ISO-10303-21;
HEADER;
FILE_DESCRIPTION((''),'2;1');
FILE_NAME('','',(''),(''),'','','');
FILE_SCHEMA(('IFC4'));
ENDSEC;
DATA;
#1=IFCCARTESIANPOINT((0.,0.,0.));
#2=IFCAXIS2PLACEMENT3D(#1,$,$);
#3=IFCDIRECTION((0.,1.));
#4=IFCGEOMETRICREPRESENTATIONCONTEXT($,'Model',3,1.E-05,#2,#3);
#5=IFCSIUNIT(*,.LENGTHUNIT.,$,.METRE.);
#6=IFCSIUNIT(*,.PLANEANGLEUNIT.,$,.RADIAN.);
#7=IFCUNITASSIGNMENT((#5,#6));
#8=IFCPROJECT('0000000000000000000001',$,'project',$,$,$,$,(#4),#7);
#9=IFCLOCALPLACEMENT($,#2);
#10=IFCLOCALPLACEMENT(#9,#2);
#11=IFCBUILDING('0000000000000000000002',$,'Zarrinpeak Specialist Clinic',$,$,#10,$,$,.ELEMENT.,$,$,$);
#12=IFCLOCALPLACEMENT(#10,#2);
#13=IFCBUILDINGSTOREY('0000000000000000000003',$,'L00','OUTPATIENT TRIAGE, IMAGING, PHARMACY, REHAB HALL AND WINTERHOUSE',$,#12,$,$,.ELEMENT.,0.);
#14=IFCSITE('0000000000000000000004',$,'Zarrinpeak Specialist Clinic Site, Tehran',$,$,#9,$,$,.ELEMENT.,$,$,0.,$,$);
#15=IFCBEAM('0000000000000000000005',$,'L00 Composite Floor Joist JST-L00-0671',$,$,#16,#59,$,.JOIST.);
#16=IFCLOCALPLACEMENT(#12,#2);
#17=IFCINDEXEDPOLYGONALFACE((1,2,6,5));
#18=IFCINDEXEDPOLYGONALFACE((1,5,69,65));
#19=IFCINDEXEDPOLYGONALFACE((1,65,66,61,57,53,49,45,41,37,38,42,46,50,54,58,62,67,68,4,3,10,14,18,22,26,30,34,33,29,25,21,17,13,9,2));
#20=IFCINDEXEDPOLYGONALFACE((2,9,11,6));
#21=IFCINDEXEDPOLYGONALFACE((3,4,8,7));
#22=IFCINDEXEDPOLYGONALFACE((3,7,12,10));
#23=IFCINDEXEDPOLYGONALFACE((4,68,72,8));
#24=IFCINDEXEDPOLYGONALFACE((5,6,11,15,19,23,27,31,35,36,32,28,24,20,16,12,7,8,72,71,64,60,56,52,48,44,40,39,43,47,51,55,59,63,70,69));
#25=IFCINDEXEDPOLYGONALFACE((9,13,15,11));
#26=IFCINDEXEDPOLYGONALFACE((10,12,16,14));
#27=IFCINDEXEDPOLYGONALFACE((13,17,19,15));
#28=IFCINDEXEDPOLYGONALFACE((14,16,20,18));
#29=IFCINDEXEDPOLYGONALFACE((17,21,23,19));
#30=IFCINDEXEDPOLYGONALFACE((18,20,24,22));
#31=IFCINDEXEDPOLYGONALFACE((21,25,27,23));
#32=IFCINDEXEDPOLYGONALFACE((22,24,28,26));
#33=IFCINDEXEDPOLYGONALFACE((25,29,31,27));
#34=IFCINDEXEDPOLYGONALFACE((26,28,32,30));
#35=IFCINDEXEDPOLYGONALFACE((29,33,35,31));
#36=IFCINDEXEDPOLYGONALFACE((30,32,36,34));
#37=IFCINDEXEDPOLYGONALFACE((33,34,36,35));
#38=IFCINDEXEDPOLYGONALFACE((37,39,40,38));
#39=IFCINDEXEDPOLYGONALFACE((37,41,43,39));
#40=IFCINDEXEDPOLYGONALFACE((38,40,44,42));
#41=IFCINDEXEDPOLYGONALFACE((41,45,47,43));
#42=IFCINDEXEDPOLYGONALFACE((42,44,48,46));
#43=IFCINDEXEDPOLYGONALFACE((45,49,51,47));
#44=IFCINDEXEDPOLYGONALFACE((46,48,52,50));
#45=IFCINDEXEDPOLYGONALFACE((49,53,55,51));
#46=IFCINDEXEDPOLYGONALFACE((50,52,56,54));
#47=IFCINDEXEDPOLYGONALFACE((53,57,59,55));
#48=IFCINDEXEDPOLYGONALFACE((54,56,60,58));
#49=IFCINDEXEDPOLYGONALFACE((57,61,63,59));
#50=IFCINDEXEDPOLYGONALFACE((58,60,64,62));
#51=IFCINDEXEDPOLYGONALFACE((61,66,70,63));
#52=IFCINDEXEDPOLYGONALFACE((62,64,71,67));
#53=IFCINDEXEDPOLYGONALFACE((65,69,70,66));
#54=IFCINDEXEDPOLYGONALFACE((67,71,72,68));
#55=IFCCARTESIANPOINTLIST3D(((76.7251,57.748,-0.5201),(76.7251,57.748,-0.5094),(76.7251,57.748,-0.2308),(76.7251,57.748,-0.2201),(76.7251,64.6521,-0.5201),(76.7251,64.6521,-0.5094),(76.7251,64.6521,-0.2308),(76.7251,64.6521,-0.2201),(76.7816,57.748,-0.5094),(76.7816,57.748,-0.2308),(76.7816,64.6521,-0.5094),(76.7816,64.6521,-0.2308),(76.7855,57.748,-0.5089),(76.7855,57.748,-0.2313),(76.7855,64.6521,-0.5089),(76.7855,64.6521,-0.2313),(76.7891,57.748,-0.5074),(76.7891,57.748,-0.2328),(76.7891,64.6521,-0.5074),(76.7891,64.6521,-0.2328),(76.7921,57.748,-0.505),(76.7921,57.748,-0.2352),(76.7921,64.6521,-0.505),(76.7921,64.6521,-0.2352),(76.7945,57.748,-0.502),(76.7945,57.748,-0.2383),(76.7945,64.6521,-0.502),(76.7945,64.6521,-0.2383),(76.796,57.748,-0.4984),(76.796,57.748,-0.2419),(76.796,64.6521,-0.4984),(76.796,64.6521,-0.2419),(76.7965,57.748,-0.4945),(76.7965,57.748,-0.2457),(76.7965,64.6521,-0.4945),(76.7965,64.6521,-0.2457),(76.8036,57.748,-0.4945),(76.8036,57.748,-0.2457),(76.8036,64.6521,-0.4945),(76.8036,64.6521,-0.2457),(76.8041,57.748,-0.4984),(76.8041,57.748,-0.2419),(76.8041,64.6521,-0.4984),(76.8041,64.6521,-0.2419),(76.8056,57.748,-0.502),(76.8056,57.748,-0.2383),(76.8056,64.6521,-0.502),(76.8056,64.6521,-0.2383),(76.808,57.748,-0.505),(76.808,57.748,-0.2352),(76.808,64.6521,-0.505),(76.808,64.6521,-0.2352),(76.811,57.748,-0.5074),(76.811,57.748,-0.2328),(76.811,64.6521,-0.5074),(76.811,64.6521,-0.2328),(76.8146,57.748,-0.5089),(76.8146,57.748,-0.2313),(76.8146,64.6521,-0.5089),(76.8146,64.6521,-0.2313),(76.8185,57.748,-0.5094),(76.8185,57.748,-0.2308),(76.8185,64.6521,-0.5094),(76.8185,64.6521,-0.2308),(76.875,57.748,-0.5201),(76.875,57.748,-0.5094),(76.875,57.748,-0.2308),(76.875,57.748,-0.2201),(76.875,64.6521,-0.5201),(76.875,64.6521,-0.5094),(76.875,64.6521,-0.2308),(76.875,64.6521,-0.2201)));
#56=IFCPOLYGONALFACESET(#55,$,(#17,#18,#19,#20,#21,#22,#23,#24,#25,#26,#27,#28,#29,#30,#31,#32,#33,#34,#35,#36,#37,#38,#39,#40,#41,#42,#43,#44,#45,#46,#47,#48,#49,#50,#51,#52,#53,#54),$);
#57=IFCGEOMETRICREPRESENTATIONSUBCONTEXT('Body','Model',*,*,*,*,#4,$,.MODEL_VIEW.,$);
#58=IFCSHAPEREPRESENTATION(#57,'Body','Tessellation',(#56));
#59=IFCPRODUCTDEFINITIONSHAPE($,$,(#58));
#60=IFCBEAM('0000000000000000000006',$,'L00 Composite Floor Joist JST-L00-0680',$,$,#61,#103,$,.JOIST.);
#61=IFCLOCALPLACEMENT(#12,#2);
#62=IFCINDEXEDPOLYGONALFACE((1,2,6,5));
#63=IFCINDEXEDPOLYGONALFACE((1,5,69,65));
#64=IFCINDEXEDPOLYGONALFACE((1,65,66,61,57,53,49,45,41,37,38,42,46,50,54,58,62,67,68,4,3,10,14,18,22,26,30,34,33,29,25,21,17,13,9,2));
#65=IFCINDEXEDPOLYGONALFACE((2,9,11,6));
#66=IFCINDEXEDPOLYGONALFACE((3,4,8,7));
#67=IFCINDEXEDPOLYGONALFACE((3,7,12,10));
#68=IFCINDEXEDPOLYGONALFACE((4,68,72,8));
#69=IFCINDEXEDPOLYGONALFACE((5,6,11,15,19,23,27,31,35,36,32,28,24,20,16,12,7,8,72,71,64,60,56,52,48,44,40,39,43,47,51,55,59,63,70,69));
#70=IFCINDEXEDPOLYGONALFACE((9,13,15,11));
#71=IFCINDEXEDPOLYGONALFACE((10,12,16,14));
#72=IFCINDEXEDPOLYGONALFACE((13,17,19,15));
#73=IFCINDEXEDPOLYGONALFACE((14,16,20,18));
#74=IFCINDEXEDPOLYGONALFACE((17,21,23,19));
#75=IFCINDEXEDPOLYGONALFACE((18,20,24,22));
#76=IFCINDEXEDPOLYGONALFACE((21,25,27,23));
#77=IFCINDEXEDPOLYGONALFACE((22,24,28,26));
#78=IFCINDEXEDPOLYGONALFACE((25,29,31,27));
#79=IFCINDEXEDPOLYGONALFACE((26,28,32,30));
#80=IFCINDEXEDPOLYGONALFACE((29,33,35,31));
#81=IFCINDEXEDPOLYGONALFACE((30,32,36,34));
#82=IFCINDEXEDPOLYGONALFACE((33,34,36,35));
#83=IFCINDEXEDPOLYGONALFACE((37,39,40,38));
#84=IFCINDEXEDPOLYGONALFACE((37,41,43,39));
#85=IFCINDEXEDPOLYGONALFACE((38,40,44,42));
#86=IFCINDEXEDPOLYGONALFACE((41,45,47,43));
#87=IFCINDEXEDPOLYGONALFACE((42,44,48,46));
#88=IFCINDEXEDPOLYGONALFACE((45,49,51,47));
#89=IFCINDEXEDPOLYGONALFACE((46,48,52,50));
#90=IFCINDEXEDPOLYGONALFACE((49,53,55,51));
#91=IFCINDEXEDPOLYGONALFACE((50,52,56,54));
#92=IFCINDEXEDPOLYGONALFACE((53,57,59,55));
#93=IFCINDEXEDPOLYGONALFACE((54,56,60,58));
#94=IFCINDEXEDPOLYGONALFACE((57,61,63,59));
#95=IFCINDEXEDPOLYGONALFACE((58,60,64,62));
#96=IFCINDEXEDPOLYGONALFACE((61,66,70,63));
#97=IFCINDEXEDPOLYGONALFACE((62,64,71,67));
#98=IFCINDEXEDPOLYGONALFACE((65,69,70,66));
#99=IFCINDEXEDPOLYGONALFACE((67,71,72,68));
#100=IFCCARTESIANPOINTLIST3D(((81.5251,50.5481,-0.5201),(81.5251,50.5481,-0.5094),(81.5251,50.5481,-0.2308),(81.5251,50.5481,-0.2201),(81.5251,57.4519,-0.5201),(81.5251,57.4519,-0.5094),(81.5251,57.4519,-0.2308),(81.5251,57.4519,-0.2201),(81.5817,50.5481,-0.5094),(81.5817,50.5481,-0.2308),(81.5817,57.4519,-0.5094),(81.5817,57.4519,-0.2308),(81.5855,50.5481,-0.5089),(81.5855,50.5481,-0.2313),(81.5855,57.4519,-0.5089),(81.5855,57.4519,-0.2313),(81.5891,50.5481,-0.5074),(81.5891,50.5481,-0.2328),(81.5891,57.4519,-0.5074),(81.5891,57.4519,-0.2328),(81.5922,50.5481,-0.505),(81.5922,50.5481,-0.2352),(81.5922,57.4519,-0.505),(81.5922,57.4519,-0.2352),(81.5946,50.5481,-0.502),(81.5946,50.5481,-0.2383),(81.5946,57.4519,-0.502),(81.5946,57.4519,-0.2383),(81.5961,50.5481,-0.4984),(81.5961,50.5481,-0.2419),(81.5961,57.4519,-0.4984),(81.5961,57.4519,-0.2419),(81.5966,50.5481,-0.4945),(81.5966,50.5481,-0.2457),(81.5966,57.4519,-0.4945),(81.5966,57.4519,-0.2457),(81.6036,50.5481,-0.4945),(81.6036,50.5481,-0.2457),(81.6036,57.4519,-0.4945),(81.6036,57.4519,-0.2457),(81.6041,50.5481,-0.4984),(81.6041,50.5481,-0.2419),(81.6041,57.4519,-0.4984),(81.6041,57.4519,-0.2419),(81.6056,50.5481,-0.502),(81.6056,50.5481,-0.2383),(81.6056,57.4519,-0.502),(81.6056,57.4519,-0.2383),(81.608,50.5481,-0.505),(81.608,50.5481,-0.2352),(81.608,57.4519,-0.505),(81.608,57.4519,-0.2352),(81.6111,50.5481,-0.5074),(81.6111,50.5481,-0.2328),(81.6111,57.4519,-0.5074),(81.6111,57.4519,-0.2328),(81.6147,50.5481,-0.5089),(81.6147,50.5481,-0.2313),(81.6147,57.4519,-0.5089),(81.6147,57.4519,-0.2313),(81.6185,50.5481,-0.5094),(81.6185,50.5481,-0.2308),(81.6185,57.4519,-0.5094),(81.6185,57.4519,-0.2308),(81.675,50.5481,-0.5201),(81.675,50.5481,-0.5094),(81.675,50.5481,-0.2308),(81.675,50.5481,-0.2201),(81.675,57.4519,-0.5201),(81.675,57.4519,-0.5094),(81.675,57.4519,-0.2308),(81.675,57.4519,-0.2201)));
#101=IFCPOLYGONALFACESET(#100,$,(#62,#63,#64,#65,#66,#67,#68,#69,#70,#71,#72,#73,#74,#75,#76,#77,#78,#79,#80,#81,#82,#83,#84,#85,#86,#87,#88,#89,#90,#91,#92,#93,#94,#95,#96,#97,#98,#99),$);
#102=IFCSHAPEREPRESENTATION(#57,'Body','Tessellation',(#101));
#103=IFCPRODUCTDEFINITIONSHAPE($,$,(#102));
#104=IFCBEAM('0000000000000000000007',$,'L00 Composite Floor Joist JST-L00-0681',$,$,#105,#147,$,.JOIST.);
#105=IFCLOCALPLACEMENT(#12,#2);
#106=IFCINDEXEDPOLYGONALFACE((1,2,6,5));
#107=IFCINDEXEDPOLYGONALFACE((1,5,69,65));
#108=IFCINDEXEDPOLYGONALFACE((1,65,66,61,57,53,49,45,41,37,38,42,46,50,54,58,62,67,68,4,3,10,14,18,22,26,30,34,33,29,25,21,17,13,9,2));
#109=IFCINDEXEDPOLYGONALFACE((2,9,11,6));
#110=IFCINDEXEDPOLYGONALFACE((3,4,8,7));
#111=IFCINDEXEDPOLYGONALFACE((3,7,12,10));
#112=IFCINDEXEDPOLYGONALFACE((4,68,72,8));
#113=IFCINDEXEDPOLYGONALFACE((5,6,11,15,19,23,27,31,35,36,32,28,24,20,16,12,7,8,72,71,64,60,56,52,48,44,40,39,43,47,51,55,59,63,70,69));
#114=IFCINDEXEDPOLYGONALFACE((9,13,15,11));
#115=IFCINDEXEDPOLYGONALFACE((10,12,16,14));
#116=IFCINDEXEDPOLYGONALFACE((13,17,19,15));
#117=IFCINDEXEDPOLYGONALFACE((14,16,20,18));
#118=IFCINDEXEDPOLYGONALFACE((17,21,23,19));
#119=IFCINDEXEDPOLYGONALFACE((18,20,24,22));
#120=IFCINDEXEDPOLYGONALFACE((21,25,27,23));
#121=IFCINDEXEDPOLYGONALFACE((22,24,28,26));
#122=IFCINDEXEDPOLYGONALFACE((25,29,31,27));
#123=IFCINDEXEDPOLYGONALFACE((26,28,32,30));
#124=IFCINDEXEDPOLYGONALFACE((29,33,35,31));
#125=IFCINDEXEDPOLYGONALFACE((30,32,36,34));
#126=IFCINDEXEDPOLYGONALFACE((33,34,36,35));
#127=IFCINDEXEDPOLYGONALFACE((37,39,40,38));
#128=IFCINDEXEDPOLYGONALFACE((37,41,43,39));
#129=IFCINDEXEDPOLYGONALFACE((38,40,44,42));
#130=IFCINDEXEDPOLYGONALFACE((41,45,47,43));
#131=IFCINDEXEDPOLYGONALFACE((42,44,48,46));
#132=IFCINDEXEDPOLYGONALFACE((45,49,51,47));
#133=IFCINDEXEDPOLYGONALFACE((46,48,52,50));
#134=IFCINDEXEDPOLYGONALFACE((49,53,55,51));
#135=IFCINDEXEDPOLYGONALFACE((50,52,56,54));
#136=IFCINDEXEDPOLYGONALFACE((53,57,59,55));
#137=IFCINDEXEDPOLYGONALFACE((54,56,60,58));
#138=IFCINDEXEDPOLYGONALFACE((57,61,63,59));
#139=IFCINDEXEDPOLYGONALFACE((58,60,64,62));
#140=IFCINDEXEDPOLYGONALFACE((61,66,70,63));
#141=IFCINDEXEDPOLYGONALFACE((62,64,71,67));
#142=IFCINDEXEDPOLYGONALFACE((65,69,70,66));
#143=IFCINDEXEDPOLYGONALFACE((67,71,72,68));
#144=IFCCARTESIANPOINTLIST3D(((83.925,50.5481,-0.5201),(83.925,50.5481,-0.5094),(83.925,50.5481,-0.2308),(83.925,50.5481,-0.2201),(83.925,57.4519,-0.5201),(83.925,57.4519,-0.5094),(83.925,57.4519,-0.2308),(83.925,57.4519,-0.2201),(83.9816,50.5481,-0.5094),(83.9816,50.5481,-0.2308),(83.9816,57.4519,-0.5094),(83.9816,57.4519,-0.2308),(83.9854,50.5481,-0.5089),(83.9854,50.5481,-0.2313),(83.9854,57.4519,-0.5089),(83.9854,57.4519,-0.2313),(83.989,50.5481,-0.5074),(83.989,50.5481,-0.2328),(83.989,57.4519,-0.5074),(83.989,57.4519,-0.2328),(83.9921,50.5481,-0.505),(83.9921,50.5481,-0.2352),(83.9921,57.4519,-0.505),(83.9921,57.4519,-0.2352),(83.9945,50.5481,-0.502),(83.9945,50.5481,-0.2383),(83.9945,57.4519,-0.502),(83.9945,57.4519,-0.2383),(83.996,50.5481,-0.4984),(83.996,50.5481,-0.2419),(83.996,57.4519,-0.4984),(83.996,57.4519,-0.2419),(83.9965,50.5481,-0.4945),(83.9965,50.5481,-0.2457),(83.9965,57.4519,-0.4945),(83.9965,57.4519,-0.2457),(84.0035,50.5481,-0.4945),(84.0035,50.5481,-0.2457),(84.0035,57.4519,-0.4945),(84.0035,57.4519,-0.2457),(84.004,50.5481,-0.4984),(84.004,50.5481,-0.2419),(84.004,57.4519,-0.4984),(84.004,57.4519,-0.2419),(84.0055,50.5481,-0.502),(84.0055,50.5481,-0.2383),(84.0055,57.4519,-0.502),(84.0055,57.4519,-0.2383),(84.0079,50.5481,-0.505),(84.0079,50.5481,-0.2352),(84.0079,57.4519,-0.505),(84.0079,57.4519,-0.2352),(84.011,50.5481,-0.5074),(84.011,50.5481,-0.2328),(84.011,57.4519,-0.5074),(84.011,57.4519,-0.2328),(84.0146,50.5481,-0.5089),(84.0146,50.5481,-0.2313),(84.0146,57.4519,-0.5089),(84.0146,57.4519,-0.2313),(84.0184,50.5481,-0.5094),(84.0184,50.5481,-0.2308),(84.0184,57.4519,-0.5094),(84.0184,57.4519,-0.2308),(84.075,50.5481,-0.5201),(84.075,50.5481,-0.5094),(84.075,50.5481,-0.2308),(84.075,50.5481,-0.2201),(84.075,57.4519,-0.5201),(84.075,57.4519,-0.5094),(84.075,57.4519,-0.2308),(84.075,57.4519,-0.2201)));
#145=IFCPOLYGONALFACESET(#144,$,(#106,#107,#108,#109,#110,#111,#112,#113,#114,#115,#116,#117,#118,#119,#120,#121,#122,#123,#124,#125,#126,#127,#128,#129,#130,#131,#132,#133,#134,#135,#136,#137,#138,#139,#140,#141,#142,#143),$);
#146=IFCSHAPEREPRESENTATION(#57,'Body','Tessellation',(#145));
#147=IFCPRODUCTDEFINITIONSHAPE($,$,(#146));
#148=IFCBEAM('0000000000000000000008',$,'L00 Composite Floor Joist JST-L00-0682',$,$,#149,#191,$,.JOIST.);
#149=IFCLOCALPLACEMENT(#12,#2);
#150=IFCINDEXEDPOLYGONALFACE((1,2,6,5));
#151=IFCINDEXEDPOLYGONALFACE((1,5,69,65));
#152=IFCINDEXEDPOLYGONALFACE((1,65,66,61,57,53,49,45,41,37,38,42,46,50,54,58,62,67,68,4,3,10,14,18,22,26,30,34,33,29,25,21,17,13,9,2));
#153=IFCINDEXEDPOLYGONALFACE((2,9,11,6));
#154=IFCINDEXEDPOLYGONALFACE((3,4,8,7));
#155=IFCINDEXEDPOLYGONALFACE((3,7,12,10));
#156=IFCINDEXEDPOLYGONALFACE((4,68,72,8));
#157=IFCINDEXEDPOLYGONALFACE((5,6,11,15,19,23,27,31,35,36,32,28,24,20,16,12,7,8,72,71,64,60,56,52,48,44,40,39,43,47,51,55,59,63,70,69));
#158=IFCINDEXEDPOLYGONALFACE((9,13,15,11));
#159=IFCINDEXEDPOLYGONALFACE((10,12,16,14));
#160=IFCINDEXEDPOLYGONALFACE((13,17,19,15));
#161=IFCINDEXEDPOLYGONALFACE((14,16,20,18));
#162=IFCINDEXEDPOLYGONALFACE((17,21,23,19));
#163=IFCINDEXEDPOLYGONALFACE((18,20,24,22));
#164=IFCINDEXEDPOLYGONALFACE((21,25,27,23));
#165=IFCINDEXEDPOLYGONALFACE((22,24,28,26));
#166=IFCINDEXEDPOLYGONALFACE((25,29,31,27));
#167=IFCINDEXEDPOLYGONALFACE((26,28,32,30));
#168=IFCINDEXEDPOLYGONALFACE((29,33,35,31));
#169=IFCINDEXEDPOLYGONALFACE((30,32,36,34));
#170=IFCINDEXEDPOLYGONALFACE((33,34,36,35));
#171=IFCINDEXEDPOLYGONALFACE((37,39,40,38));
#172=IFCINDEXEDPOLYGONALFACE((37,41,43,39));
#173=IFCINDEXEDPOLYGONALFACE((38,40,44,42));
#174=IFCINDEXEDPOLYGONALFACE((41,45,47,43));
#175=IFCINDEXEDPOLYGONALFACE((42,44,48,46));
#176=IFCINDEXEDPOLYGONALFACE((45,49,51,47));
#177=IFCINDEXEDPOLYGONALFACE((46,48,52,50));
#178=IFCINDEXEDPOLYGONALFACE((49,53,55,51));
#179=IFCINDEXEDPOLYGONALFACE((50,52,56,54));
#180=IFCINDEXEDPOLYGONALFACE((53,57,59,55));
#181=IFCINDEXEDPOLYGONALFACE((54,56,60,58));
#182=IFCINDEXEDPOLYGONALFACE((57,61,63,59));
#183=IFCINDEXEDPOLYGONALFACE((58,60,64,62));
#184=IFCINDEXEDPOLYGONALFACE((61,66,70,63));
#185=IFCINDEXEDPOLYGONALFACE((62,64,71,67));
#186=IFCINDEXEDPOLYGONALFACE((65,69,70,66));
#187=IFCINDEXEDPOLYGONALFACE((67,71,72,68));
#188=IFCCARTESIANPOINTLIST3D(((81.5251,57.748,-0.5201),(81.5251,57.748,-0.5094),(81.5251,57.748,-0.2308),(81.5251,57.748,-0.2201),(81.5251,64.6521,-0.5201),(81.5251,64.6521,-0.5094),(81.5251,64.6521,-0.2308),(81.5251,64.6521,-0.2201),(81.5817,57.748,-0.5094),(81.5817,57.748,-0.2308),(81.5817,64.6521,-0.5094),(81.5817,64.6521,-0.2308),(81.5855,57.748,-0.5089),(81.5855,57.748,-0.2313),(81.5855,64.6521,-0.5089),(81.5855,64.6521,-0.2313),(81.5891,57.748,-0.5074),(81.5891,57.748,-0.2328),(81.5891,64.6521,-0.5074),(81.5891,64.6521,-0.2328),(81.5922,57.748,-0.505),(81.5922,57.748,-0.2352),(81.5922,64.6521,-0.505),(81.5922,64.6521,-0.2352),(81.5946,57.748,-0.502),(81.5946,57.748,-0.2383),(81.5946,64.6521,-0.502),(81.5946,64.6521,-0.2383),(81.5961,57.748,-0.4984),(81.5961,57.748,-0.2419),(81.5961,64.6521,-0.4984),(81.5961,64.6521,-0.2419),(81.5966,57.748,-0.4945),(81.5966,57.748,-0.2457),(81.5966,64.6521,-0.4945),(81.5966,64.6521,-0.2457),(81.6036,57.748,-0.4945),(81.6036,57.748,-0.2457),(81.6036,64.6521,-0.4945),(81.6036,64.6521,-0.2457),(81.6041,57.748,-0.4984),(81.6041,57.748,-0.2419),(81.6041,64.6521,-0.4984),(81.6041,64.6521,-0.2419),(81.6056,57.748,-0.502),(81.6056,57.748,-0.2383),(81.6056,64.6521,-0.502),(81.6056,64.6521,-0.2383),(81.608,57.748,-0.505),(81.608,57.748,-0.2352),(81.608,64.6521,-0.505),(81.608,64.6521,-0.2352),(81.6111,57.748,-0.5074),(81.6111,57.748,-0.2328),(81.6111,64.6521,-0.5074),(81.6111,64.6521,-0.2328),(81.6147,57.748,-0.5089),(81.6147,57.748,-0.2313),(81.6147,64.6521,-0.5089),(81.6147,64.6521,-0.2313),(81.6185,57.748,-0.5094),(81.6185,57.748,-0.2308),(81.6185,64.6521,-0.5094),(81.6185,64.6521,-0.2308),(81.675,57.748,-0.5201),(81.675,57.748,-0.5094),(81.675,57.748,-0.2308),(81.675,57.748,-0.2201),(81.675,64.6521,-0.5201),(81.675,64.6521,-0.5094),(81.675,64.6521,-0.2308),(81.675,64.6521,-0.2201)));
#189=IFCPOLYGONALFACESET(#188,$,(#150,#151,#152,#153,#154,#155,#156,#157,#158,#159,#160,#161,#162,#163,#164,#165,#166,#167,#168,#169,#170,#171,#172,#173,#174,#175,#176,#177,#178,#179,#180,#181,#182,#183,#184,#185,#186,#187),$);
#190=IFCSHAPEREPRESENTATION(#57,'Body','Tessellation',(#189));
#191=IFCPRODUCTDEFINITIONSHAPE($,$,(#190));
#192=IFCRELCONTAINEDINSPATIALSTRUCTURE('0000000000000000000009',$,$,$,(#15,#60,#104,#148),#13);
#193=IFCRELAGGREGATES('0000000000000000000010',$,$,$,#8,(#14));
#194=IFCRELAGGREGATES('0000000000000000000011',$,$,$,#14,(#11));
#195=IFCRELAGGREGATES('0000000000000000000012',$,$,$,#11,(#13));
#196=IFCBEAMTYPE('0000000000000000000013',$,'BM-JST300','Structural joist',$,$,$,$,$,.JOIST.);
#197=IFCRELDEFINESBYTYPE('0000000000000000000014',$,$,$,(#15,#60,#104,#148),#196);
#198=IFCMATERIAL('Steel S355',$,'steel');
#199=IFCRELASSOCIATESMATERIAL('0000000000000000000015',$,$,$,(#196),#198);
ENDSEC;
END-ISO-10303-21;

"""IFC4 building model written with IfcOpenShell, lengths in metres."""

from ifc_helpers import new_model, si_unit, direction, frame, origin, origin_2d, place, context, subcontext, project, spatial, i_section, extrude, material, material_profile, profile_set, type_object, element, save


model = new_model("IFC4")

# Units and contexts
model_context = context("Model", 3, precision=1e-05, world=origin(), true_north=direction((0.0, 1.0)))
body_context = subcontext(model_context, "Body", "Model", "MODEL_VIEW")
ifc_project = project(units=[si_unit("LENGTHUNIT", "METRE"), si_unit("PLANEANGLEUNIT", "RADIAN")], contexts=[model_context])

# Site, building, storey
site_placement = place(None, origin())
site = spatial("IfcSite", under=ifc_project, at=site_placement, Name="Zarrinpeak Specialist Clinic Site, Tehran", CompositionType="ELEMENT", RefElevation=0.0)
building_placement = place(site_placement, origin())
building = spatial("IfcBuilding", under=site, at=building_placement, Name="Zarrinpeak Specialist Clinic", CompositionType="ELEMENT")
storey_placement = place(building_placement, origin())
storey = spatial("IfcBuildingStorey", under=building, at=storey_placement, Name="L00", Description="OUTPATIENT TRIAGE, IMAGING, PHARMACY, REHAB HALL AND WINTERHOUSE", CompositionType="ELEMENT", Elevation=0.0)

# Beams
ifc_material_1 = material(Name="Steel S355", Category="steel")
ifc_material_profile_1 = material_profile(ifc_material_1, i_section(OverallWidth=0.1499, OverallDepth=0.3, WebThickness=0.0071, FlangeThickness=0.0107, FilletRadius=0.0149, at=origin_2d()), Name="IPE 300")
ifc_profile_set_1 = profile_set([ifc_material_profile_1], Name="Steel S355")
beam_type_1 = type_object("IfcBeamType", Name="BM-JST300", Description="Structural joist", PredefinedType="JOIST", material=ifc_profile_set_1)
for number, where, z_axis, x_axis, name in (
    (1, (76.8, 57.748, -0.3701), (0.0, 1.0, 0.0), (-1.0, 0.0, 0.0), "L00 Composite Floor Joist JST-L00-0671"),
):
    element("IfcBeam", number, at=place(storey_placement, frame(where, z_axis=z_axis, x_axis=x_axis)), inside=storey, type_object=beam_type_1, Name=name, PredefinedType="JOIST", context=body_context, shape_type="SweptSolid", body=[
        extrude(i_section(OverallWidth=0.1499, OverallDepth=0.3, WebThickness=0.0071, FlangeThickness=0.0107, FilletRadius=0.0149, at=origin_2d()), origin(), (0.0, 0.0, 1.0), 6.9041),
    ])
for number, where, z_axis, x_axis, name in (
    (2, (81.6001, 50.5481, -0.3701), (0.0, 1.0, 0.0), (-1.0, 0.0, 0.0), "L00 Composite Floor Joist JST-L00-0680"),
    (3, (84.0, 50.5481, -0.3701), (0.0, 1.0, 0.0), (-1.0, 0.0, 0.0), "L00 Composite Floor Joist JST-L00-0681"),
):
    element("IfcBeam", number, at=place(storey_placement, frame(where, z_axis=z_axis, x_axis=x_axis)), inside=storey, type_object=beam_type_1, Name=name, PredefinedType="JOIST", context=body_context, shape_type="SweptSolid", body=[
        extrude(i_section(OverallWidth=0.1499, OverallDepth=0.3, WebThickness=0.0071, FlangeThickness=0.0107, FilletRadius=0.0149, at=origin_2d()), origin(), (0.0, 0.0, 1.0), 6.9038),
    ])
for number, where, z_axis, x_axis, name in (
    (4, (81.6001, 57.748, -0.3701), (0.0, 1.0, 0.0), (-1.0, 0.0, 0.0), "L00 Composite Floor Joist JST-L00-0682"),
):
    element("IfcBeam", number, at=place(storey_placement, frame(where, z_axis=z_axis, x_axis=x_axis)), inside=storey, type_object=beam_type_1, Name=name, PredefinedType="JOIST", context=body_context, shape_type="SweptSolid", body=[
        extrude(i_section(OverallWidth=0.1499, OverallDepth=0.3, WebThickness=0.0071, FlangeThickness=0.0107, FilletRadius=0.0149, at=origin_2d()), origin(), (0.0, 0.0, 1.0), 6.9041),
    ])

save(model, "model.ifc")
